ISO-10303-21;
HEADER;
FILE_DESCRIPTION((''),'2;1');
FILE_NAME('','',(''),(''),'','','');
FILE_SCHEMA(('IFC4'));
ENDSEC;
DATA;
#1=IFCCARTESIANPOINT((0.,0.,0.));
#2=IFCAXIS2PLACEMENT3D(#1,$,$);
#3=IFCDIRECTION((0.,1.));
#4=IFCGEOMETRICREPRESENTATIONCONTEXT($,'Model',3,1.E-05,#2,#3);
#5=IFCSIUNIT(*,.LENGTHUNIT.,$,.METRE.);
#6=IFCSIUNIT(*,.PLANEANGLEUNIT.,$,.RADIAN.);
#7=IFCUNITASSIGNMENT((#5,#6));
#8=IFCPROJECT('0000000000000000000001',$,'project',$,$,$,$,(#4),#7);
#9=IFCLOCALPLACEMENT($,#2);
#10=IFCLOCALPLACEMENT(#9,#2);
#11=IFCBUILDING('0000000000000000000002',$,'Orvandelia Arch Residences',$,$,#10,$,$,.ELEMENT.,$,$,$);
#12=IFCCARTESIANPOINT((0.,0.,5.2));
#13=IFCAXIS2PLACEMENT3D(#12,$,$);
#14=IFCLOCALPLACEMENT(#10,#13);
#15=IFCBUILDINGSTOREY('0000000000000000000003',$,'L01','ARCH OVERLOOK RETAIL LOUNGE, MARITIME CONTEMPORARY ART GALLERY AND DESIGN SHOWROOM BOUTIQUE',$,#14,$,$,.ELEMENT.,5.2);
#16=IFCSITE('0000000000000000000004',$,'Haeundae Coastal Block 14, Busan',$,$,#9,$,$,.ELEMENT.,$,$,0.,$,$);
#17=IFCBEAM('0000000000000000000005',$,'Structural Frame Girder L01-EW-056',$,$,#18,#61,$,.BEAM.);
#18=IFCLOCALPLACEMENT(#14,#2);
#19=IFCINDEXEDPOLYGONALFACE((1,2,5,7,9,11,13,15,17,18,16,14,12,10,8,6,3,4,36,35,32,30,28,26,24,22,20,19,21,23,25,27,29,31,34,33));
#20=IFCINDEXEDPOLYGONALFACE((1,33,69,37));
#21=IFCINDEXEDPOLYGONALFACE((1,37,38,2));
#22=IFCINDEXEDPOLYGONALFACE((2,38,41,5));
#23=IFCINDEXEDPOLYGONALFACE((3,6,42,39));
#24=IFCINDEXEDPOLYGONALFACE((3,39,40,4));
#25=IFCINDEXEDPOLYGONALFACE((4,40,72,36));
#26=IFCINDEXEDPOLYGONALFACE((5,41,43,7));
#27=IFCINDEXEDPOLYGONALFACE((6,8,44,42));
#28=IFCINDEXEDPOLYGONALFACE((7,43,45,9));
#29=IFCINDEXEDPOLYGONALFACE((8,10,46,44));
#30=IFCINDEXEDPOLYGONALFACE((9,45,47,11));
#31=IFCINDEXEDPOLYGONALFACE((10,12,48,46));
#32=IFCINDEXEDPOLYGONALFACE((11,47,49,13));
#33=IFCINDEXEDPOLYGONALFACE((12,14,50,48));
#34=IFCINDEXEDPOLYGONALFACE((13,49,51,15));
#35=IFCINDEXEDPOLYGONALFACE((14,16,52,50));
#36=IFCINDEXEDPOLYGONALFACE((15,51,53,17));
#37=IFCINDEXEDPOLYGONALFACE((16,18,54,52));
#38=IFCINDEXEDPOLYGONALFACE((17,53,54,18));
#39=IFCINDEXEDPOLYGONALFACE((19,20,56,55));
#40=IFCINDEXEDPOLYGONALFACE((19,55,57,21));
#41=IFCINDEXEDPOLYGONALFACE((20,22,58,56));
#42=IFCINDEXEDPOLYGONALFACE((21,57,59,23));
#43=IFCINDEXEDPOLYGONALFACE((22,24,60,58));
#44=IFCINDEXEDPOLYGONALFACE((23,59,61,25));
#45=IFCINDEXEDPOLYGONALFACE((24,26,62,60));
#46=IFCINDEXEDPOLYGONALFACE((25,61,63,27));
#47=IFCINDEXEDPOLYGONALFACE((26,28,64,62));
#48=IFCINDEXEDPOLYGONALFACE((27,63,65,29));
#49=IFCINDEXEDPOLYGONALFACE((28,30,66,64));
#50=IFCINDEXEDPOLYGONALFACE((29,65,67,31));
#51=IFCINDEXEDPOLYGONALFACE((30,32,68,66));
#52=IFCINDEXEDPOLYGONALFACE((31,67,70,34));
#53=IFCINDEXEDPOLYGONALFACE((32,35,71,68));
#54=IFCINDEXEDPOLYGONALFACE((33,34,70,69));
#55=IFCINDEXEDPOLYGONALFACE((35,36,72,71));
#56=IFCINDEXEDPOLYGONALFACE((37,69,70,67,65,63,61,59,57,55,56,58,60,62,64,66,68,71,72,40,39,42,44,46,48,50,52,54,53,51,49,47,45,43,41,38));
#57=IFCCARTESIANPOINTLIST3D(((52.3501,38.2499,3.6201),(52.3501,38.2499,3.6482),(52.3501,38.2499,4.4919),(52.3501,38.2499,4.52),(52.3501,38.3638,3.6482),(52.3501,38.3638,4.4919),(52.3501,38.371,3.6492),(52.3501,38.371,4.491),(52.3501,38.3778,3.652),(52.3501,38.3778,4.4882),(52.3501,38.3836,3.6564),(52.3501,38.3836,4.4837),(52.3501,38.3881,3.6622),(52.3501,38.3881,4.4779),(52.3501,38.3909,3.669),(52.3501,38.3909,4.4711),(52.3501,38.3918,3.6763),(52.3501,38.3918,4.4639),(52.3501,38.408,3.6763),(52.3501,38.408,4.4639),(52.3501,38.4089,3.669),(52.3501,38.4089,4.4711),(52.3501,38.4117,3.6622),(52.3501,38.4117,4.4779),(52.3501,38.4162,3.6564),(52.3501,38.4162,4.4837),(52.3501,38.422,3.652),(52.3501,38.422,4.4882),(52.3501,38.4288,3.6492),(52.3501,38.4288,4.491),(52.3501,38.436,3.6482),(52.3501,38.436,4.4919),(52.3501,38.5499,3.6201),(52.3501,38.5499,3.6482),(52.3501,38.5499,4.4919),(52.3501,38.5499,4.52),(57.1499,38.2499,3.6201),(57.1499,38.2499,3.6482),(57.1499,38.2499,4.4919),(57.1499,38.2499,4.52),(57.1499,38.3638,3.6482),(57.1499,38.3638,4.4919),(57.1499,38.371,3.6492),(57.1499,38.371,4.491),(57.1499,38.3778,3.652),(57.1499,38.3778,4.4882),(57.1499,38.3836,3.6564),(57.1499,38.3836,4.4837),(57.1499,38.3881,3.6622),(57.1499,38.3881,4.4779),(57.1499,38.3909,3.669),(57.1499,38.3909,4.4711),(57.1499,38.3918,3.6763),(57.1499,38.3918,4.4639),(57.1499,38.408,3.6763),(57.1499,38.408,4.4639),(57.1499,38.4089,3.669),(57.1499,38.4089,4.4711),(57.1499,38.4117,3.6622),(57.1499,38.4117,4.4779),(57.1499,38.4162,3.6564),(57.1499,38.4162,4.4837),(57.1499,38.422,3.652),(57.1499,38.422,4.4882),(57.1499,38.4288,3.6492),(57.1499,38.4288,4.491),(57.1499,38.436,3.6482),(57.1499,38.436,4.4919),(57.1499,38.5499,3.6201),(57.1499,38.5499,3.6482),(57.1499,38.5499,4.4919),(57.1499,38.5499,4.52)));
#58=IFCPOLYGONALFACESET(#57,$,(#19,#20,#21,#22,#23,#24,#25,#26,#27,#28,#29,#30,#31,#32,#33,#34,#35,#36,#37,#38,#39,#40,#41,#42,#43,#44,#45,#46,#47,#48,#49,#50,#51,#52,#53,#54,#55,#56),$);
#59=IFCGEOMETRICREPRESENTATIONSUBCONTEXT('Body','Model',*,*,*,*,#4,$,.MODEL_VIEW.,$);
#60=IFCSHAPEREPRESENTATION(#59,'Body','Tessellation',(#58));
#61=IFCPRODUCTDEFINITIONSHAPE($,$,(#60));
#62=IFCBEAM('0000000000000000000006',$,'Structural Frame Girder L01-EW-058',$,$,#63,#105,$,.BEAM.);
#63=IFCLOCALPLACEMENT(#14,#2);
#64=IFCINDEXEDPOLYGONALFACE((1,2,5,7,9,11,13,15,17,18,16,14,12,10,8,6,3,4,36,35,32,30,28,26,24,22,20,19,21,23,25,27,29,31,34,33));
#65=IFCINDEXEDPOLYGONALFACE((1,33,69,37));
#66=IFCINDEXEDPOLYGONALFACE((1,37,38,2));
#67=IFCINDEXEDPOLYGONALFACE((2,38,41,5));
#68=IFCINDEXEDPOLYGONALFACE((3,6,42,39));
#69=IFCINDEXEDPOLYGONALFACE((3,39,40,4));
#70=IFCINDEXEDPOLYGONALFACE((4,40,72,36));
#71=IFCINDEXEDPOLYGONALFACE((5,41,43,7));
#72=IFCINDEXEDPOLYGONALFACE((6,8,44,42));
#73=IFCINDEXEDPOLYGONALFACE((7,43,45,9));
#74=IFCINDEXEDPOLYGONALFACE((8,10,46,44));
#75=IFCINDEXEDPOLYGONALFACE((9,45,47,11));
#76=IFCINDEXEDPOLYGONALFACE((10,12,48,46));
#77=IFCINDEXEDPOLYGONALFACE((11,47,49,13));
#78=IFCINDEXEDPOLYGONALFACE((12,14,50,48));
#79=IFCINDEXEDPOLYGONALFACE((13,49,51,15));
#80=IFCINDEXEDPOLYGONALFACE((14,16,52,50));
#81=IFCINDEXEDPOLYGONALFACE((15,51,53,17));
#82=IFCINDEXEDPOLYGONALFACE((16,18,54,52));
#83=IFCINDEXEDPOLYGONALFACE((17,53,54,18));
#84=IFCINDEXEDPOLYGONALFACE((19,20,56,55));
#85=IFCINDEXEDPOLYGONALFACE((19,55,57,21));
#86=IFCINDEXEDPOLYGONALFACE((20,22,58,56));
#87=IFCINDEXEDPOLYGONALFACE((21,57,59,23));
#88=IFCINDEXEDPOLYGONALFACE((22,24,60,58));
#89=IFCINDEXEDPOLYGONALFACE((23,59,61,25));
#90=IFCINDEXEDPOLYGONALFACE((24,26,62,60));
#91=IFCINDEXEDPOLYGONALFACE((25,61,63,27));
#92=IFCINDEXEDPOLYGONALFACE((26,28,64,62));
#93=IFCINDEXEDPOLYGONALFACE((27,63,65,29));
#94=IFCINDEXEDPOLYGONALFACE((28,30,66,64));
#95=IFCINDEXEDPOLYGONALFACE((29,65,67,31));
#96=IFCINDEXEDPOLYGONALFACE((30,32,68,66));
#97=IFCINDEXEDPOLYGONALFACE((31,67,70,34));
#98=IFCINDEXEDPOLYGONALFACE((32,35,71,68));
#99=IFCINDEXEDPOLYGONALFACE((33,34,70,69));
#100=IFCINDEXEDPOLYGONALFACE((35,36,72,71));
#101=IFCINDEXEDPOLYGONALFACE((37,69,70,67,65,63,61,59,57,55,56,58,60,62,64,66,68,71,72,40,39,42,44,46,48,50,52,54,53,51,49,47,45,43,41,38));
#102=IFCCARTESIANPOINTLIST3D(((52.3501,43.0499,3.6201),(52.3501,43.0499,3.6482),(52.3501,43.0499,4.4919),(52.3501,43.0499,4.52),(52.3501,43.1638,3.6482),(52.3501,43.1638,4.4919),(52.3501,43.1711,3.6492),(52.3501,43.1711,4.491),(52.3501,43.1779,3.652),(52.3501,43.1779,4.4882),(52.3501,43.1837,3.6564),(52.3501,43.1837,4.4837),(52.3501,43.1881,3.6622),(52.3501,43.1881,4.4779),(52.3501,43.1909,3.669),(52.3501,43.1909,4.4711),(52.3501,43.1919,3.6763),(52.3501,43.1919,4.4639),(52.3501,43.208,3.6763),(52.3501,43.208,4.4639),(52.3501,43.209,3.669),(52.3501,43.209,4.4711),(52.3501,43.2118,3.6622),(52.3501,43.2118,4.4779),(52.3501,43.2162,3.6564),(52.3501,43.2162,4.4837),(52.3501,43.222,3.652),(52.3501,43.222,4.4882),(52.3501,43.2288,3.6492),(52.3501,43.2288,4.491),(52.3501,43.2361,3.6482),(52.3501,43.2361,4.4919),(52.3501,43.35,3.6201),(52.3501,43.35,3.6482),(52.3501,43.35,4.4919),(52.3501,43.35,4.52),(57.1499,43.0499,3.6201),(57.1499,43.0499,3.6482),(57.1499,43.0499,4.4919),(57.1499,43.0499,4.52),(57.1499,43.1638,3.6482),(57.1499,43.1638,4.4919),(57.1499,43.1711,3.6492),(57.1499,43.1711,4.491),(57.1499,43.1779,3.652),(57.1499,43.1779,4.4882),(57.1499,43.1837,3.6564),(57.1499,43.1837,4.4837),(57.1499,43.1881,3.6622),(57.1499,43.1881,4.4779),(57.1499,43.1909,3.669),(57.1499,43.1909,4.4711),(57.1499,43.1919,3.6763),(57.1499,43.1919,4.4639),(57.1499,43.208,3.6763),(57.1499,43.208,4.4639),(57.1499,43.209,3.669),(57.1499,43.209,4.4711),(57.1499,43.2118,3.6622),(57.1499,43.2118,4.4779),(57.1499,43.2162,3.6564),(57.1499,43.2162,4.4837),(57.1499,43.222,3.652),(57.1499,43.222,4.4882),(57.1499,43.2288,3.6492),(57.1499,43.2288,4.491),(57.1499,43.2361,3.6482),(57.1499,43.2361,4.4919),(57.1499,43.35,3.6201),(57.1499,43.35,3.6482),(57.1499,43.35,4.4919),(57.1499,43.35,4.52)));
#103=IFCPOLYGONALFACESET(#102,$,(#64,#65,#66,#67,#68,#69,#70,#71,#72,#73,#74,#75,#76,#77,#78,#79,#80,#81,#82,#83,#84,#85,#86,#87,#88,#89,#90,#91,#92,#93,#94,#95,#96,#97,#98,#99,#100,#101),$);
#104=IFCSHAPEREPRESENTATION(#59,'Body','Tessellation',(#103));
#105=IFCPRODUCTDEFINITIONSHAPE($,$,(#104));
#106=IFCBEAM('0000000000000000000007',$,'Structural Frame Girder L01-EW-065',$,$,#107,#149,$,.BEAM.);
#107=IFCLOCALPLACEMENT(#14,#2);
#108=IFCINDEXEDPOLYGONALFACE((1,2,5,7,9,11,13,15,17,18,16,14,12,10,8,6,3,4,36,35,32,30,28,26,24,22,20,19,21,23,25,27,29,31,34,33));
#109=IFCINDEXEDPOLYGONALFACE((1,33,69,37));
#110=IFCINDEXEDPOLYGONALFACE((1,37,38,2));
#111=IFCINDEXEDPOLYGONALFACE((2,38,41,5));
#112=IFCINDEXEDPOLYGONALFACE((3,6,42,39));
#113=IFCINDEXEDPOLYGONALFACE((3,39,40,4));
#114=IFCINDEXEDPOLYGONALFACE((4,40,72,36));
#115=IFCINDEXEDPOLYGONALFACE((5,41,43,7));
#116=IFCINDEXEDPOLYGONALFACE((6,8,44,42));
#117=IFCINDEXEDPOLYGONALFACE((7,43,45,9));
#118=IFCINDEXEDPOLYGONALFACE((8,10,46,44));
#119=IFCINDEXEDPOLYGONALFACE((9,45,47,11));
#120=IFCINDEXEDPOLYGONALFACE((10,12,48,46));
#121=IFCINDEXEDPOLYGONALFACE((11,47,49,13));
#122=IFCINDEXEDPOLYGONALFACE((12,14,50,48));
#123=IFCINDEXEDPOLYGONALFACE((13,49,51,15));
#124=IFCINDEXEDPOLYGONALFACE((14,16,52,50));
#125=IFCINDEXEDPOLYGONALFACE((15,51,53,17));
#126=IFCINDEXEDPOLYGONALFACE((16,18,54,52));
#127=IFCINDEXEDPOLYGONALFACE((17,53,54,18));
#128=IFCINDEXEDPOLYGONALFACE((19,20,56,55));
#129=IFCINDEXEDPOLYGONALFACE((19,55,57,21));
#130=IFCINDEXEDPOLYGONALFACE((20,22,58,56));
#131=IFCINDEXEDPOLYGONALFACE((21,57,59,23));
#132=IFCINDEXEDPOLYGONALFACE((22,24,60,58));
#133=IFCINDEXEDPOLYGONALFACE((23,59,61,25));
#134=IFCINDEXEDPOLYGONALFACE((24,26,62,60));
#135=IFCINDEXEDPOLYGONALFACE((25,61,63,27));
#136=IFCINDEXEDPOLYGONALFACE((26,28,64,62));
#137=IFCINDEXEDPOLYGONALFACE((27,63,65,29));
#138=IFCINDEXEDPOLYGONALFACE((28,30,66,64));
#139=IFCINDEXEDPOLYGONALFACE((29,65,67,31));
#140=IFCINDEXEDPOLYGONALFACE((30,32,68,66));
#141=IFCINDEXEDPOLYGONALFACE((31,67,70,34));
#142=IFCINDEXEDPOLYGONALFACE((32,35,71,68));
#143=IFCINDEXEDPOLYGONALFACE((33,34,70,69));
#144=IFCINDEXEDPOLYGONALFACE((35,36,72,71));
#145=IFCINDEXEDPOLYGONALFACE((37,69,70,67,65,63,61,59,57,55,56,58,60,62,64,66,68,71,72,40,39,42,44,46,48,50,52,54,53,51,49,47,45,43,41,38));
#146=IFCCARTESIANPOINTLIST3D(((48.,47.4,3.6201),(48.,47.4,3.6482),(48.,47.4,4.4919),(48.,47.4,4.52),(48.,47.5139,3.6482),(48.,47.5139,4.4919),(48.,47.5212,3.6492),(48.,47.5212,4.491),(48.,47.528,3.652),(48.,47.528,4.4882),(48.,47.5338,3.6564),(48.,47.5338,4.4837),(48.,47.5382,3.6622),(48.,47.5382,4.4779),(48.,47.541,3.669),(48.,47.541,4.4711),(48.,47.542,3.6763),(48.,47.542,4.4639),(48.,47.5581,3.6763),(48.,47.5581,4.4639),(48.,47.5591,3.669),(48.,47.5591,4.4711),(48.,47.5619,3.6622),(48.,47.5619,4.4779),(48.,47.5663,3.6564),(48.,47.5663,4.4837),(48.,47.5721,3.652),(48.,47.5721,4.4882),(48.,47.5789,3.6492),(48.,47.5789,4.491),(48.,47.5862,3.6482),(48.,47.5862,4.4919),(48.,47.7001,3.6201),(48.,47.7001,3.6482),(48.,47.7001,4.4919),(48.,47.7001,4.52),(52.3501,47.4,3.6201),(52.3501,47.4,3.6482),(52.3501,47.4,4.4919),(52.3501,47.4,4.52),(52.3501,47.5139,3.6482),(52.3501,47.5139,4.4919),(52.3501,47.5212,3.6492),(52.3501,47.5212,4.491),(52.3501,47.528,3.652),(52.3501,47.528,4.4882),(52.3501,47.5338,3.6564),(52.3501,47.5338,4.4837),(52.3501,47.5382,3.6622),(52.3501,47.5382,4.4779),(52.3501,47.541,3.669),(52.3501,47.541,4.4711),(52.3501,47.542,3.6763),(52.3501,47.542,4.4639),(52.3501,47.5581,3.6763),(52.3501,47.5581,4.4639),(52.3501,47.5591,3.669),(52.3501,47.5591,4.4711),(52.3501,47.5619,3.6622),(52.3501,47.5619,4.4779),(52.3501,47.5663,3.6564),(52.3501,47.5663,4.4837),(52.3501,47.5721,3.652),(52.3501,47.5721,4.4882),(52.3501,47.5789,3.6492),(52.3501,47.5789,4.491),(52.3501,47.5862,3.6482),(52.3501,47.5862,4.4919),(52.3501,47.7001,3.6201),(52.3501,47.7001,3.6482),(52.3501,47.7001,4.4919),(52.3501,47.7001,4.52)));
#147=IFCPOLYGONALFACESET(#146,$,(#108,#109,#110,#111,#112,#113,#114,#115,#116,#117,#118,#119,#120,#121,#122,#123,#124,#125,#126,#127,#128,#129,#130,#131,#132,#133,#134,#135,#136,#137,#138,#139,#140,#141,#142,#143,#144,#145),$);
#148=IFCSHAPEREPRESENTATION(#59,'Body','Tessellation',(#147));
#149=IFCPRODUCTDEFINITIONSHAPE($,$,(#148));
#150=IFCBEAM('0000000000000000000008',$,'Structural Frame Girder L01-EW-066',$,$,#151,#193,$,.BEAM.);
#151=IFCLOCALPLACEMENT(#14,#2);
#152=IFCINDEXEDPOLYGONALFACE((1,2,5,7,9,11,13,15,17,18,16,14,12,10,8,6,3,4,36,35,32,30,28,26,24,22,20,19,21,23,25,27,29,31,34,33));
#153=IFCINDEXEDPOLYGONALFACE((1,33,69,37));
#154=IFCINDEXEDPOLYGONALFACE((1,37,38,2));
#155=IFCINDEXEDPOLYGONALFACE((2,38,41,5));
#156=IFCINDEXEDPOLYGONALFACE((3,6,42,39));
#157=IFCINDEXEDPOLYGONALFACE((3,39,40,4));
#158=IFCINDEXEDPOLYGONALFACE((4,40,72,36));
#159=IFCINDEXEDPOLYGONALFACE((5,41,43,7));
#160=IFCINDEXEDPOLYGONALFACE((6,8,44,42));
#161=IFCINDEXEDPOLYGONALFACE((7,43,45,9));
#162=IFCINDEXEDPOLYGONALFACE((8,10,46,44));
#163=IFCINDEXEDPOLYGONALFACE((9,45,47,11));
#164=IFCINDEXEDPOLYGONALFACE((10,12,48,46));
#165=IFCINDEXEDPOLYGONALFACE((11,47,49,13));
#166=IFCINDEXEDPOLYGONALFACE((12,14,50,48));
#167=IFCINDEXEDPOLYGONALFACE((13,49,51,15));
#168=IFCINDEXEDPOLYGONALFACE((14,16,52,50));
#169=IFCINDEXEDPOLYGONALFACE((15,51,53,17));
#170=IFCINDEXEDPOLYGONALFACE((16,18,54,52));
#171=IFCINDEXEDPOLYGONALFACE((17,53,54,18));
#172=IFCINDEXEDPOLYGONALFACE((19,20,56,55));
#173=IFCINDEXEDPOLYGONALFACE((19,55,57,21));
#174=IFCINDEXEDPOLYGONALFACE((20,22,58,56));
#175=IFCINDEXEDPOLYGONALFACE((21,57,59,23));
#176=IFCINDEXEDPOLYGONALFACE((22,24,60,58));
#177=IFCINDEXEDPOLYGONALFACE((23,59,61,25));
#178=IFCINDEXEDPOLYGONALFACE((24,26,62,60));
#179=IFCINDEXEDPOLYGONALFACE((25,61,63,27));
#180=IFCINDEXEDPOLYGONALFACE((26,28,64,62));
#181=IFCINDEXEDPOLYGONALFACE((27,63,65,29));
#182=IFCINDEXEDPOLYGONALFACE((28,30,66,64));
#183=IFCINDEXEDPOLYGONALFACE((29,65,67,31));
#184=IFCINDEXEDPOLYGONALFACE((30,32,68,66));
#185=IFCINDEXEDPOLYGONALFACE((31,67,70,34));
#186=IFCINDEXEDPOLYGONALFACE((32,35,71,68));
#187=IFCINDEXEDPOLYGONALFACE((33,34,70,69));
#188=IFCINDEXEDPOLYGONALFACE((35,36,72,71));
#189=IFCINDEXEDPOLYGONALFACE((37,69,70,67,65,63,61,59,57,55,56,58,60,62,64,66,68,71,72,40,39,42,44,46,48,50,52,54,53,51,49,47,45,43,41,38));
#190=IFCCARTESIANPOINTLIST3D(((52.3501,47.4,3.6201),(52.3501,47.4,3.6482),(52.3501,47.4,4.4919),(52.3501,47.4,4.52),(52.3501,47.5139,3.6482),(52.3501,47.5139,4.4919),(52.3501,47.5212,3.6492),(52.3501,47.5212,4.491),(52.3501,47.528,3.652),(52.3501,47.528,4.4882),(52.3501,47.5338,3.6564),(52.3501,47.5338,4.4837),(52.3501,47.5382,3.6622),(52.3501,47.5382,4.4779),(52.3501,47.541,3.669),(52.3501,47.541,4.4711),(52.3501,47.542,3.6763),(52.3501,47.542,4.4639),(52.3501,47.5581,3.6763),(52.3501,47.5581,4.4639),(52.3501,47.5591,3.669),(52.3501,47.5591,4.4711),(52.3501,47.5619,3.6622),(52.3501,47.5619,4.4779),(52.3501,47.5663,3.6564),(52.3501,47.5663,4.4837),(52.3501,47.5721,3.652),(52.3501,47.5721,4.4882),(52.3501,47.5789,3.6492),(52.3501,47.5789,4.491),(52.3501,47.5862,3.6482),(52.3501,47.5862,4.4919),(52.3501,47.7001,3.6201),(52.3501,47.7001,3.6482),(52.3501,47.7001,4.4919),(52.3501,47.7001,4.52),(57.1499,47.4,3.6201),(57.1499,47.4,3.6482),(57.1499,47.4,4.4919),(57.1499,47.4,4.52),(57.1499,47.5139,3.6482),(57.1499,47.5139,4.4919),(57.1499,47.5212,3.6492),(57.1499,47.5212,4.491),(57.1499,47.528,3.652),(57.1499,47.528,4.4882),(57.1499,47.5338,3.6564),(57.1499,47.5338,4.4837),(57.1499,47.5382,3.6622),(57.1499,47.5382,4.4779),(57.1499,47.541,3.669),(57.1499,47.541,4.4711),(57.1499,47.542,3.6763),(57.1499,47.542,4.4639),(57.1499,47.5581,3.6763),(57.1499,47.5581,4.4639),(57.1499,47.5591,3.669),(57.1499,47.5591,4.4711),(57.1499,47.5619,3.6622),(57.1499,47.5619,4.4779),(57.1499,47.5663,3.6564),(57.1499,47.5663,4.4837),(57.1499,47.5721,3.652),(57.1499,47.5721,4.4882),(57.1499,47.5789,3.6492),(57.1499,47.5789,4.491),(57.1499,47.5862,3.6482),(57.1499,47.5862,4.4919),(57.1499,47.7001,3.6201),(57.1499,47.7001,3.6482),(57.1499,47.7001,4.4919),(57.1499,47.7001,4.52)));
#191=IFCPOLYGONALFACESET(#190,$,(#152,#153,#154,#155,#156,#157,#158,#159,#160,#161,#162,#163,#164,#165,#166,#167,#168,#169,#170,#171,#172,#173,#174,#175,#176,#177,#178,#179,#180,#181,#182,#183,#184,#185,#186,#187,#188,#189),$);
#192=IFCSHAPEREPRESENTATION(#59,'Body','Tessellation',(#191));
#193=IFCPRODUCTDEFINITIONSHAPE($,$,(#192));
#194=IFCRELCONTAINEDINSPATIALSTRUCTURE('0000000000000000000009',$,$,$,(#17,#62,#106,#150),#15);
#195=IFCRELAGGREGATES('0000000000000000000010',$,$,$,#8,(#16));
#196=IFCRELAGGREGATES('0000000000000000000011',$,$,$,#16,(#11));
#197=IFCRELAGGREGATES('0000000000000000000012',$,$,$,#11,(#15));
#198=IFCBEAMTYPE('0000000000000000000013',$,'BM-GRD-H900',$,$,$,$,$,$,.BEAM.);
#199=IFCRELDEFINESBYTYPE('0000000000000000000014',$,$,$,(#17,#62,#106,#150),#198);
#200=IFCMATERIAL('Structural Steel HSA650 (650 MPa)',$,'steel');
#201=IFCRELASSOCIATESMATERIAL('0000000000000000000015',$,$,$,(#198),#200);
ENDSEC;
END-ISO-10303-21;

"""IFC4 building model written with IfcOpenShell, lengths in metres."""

from ifc_helpers import new_model, si_unit, direction, frame, origin, origin_2d, place, context, subcontext, project, spatial, i_section, extrude, material, material_profile, profile_set, type_object, element, save


model = new_model("IFC4")

# Units and contexts
model_context = context("Model", 3, precision=1e-05, world=origin(), true_north=direction((0.0, 1.0)))
body_context = subcontext(model_context, "Body", "Model", "MODEL_VIEW")
ifc_project = project(units=[si_unit("LENGTHUNIT", "METRE"), si_unit("PLANEANGLEUNIT", "RADIAN")], contexts=[model_context])

# Site, building, storey
site_placement = place(None, origin())
site = spatial("IfcSite", under=ifc_project, at=site_placement, Name="Haeundae Coastal Block 14, Busan", CompositionType="ELEMENT", RefElevation=0.0)
building_placement = place(site_placement, origin())
building = spatial("IfcBuilding", under=site, at=building_placement, Name="Orvandelia Arch Residences", CompositionType="ELEMENT")
storey_placement = place(building_placement, frame((0.0, 0.0, 5.2)))
storey = spatial("IfcBuildingStorey", under=building, at=storey_placement, Name="L01", Description="ARCH OVERLOOK RETAIL LOUNGE, MARITIME CONTEMPORARY ART GALLERY AND DESIGN SHOWROOM BOUTIQUE", CompositionType="ELEMENT", Elevation=5.2)

# Beams
ifc_material_1 = material(Name="Structural Steel HSA650 (650 MPa)", Category="steel")
ifc_material_profile_1 = material_profile(ifc_material_1, i_section(OverallWidth=0.3, OverallDepth=0.8999, WebThickness=0.0161, FlangeThickness=0.0281, FilletRadius=0.0281, at=origin_2d()), Name="Structural Steel HSA650 (650 MPa)", Category="steel")
ifc_profile_set_1 = profile_set([ifc_material_profile_1], Name="Structural Steel HSA650 (650 MPa)")
beam_type = type_object("IfcBeamType", Name="BM-GRD-H900", PredefinedType="BEAM", material=ifc_profile_set_1)
for number, where, z_axis, x_axis, name in (
    (1, (52.3501, 38.3999, 4.0701), (1.0, 0.0, 0.0), (0.0, 1.0, 0.0), "Structural Frame Girder L01-EW-056"),
    (2, (52.3501, 43.2, 4.0701), (1.0, 0.0, 0.0), (0.0, 1.0, 0.0), "Structural Frame Girder L01-EW-058"),
):
    element("IfcBeam", number, at=place(storey_placement, frame(where, z_axis=z_axis, x_axis=x_axis)), inside=storey, type_object=beam_type, Name=name, PredefinedType="BEAM", context=body_context, shape_type="SweptSolid", body=[
        extrude(i_section(OverallWidth=0.3, OverallDepth=0.8999, WebThickness=0.0161, FlangeThickness=0.0281, FilletRadius=0.0281, at=origin_2d()), origin(), (0.0, 0.0, 1.0), 4.7998),
    ])
beam_1_placement = place(storey_placement, frame((48.0, 47.55, 4.0701), z_axis=(1.0, 0.0, 0.0), x_axis=(0.0, 1.0, 0.0)))
element("IfcBeam", 3, at=beam_1_placement, inside=storey, type_object=beam_type, Name="Structural Frame Girder L01-EW-065", PredefinedType="BEAM", context=body_context, shape_type="SweptSolid", body=[
    extrude(i_section(OverallWidth=0.3, OverallDepth=0.8999, WebThickness=0.0161, FlangeThickness=0.0281, FilletRadius=0.0281, at=origin_2d()), origin(), (0.0, 0.0, 1.0), 4.3501),
])
beam_2_placement = place(storey_placement, frame((52.3501, 47.55, 4.0701), z_axis=(1.0, 0.0, 0.0), x_axis=(0.0, 1.0, 0.0)))
element("IfcBeam", 4, at=beam_2_placement, inside=storey, type_object=beam_type, Name="Structural Frame Girder L01-EW-066", PredefinedType="BEAM", context=body_context, shape_type="SweptSolid", body=[
    extrude(i_section(OverallWidth=0.3, OverallDepth=0.8999, WebThickness=0.0161, FlangeThickness=0.0281, FilletRadius=0.0281, at=origin_2d()), origin(), (0.0, 0.0, 1.0), 4.7998),
])

save(model, "model.ifc")
